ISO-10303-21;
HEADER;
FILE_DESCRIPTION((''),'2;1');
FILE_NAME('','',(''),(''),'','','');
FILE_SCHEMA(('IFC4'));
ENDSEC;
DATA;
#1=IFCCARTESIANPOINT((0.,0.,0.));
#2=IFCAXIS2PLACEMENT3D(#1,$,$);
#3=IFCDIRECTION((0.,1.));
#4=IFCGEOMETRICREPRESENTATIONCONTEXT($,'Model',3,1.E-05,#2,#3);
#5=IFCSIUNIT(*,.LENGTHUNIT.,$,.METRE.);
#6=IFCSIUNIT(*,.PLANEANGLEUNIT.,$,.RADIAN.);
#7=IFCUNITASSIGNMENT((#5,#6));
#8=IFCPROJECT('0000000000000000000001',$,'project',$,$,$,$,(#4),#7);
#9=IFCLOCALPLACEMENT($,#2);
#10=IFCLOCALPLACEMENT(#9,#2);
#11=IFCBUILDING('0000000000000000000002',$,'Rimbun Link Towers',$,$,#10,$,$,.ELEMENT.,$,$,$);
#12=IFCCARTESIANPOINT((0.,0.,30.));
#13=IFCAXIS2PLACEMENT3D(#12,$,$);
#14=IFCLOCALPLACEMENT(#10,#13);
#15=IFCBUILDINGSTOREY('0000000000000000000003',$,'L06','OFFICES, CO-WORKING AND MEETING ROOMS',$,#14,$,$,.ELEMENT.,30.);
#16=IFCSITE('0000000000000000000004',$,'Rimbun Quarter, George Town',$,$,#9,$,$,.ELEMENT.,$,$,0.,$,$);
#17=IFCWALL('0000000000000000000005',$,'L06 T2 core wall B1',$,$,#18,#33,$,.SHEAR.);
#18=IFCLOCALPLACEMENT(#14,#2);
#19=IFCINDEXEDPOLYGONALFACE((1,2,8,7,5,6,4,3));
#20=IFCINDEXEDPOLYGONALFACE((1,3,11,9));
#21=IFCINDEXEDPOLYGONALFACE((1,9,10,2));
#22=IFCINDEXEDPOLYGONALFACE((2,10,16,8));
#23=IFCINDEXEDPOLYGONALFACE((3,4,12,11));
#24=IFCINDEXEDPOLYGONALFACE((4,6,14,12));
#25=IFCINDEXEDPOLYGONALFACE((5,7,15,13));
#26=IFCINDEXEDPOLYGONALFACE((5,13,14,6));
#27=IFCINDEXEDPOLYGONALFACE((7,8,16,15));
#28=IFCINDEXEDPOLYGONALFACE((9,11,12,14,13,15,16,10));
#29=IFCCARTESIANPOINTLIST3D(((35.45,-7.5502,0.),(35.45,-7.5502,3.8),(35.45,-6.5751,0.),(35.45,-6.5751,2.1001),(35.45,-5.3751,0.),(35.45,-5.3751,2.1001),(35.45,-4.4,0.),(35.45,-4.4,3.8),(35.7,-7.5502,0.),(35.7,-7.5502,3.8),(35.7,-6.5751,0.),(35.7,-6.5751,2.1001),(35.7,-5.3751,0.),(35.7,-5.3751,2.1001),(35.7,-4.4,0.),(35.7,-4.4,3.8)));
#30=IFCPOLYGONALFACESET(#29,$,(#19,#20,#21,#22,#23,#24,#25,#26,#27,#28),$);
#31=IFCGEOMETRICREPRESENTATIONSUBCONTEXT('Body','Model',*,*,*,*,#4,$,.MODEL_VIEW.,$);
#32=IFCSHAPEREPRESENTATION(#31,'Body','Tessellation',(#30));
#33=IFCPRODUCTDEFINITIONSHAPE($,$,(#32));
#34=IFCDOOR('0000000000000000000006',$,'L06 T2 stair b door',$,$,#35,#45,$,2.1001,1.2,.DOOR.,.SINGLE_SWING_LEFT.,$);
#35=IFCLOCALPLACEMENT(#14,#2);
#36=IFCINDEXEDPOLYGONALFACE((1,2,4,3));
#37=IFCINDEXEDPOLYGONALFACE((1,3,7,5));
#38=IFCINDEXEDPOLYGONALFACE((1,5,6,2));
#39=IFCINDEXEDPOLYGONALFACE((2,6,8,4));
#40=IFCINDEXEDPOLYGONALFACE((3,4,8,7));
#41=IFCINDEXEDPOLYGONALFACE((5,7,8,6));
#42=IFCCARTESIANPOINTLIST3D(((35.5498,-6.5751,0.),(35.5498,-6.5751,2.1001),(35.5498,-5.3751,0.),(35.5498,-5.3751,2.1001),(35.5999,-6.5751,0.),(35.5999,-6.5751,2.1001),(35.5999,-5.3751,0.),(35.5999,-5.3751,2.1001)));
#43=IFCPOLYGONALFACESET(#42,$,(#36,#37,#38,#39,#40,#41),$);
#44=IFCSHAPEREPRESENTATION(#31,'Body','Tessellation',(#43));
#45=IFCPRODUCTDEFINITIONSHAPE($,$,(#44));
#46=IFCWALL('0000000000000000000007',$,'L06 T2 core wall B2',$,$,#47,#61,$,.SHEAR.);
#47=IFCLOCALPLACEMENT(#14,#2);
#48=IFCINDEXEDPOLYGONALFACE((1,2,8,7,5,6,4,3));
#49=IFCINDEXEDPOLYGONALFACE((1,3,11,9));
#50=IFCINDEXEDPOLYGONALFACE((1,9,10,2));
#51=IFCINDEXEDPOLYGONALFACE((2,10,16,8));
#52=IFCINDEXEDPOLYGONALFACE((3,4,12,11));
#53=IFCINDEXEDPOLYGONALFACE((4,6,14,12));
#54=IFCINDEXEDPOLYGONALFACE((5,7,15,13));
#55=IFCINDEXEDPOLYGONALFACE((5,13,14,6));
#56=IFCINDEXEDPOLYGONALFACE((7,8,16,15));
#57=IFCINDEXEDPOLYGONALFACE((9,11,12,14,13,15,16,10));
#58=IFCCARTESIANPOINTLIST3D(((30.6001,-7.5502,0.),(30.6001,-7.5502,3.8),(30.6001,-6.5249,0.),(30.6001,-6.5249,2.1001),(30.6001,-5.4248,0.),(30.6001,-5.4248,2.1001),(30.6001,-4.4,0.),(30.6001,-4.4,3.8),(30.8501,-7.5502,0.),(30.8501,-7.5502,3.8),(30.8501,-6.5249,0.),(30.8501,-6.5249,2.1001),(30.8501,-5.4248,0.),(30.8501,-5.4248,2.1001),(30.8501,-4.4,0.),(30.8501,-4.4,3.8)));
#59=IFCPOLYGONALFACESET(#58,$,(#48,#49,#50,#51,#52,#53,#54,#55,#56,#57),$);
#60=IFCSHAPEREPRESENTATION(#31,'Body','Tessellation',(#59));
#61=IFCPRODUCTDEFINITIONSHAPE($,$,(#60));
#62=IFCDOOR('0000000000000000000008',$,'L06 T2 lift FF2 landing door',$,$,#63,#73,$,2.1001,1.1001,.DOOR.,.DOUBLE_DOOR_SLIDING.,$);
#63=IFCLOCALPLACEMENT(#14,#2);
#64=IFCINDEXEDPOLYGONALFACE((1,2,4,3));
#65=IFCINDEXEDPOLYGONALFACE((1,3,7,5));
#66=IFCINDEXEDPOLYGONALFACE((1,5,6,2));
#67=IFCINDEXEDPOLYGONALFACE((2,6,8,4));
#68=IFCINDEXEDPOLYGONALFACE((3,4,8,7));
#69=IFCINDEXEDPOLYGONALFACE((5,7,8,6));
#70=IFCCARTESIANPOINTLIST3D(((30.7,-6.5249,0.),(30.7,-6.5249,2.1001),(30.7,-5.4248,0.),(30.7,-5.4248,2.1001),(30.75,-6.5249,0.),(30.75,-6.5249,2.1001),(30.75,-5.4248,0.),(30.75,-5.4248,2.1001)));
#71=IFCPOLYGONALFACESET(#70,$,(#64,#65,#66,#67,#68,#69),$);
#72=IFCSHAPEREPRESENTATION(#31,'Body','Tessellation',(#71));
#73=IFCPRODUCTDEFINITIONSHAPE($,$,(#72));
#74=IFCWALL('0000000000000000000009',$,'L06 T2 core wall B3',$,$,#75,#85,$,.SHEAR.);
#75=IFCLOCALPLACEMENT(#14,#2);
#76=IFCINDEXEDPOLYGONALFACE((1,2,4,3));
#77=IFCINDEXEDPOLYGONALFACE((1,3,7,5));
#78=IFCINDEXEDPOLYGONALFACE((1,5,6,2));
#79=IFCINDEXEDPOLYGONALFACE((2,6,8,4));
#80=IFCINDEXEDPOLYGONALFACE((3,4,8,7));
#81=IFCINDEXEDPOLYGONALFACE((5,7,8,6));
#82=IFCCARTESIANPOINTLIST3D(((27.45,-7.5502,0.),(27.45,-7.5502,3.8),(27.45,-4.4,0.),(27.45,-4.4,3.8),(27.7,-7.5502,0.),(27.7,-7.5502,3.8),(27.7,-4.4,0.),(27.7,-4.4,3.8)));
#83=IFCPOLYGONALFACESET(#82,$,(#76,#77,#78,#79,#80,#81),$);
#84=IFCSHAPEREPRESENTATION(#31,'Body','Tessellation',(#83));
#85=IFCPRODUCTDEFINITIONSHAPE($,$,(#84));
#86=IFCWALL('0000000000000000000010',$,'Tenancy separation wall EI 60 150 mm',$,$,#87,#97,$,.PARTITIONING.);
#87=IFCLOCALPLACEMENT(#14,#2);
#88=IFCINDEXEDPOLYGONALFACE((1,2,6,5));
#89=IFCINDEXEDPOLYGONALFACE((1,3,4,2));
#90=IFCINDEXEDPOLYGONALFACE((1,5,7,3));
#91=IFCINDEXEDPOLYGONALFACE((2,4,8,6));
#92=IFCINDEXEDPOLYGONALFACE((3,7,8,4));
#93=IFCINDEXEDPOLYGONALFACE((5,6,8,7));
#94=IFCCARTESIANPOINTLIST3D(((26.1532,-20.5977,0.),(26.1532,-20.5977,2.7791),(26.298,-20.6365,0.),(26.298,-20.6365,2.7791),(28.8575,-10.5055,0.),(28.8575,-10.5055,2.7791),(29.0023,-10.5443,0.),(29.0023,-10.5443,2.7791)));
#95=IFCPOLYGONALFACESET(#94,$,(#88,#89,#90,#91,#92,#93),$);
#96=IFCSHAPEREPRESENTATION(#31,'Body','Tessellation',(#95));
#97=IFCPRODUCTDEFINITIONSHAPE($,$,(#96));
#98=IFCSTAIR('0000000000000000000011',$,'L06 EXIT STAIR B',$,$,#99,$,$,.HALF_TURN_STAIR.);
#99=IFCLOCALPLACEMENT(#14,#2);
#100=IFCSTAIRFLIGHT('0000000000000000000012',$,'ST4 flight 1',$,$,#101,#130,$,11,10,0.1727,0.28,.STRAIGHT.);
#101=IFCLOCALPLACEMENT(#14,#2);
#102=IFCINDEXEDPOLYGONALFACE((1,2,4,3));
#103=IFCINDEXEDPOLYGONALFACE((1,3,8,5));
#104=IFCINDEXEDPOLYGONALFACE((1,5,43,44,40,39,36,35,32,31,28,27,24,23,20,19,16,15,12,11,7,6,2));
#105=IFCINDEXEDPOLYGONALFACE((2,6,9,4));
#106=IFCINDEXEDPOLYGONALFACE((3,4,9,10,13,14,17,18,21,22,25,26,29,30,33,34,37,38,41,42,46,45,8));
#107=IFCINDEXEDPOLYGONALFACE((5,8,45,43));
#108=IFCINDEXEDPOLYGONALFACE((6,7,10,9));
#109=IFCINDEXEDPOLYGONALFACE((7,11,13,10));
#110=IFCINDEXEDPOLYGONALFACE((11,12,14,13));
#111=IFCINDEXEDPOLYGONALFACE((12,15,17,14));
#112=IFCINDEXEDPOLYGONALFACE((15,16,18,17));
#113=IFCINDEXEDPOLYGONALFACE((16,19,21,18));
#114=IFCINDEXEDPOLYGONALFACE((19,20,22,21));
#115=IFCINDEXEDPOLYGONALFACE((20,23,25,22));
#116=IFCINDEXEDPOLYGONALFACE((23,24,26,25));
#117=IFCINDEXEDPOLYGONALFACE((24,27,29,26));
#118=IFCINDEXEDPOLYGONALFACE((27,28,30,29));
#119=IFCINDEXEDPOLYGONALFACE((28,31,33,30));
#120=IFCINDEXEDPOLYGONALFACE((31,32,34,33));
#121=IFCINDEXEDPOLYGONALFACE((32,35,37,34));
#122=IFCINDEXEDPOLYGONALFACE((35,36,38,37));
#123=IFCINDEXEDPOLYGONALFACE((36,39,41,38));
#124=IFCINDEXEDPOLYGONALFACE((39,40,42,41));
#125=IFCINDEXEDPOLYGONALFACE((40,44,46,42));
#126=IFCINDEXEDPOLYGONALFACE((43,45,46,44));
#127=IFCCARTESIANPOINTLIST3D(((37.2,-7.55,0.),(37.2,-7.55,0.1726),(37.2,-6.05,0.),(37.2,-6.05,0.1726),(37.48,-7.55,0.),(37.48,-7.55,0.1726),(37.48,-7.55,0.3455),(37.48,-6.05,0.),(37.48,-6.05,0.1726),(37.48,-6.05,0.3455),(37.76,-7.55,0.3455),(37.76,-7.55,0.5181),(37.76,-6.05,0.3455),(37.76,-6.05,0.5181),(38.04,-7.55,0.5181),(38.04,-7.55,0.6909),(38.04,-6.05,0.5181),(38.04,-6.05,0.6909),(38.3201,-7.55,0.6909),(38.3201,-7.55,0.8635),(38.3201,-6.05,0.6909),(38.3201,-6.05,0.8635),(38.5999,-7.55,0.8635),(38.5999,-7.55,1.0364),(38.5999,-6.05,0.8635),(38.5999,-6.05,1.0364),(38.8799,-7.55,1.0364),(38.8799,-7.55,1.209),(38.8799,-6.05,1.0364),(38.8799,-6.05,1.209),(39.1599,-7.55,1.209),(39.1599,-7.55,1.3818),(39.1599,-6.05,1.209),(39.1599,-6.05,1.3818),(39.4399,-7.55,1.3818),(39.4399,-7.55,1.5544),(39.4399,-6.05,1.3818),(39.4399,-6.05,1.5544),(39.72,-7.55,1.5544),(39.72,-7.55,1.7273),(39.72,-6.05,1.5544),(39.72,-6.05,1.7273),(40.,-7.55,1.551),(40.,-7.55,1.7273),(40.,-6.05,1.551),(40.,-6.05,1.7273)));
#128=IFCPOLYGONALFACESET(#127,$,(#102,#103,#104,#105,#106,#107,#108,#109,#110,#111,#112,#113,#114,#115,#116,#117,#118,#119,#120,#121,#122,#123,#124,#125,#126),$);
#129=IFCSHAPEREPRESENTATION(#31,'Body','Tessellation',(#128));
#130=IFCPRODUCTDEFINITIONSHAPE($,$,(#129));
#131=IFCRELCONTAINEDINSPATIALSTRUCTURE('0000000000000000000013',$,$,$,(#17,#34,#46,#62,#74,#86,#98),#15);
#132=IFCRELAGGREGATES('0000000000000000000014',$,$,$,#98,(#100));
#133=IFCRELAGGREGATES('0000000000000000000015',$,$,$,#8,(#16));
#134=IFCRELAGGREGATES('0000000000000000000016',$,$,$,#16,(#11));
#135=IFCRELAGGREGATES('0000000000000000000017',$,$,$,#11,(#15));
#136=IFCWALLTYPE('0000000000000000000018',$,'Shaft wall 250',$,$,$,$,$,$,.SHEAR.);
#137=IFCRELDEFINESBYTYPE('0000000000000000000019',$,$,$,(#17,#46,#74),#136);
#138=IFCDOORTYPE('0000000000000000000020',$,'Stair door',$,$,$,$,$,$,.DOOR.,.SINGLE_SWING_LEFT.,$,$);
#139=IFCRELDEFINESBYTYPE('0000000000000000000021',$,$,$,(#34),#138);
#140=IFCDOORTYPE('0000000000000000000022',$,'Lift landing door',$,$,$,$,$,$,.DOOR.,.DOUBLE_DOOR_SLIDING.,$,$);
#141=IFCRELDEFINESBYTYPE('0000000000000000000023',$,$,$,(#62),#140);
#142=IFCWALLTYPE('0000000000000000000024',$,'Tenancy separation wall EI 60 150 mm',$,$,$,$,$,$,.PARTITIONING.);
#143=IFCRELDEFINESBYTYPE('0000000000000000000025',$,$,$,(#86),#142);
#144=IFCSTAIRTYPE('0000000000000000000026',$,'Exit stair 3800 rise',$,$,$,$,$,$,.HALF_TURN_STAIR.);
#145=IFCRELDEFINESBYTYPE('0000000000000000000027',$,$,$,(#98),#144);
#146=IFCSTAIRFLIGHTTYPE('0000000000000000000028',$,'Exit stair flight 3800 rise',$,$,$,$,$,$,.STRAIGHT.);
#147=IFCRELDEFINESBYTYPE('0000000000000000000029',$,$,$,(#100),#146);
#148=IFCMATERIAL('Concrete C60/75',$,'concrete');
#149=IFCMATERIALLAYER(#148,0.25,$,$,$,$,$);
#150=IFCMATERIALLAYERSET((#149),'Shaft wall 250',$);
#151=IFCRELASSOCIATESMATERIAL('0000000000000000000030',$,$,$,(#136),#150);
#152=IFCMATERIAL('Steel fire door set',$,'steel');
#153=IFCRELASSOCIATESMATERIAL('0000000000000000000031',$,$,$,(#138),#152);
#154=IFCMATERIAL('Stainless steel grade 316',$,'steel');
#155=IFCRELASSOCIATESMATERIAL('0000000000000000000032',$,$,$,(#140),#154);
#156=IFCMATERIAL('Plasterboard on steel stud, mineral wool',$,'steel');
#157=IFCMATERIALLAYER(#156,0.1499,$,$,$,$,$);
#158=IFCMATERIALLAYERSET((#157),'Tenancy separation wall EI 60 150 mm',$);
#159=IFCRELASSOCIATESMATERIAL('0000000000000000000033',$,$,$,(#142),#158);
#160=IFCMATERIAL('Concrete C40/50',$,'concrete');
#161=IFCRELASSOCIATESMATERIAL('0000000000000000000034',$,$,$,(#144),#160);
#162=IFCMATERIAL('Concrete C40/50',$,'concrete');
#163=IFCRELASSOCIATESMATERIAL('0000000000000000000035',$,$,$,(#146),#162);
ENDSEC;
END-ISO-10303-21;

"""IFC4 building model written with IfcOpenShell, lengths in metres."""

from ifc_helpers import new_model, si_unit, direction, frame, frame_2d, origin, place, context, subcontext, project, spatial, polyline, rectangle, outline, extrude, material, layer, layer_set, type_object, element, fill, aggregate, save


model = new_model("IFC4")

# Units and contexts
model_context = context("Model", 3, precision=1e-05, world=origin(), true_north=direction((0.0, 1.0)))
body_context = subcontext(model_context, "Body", "Model", "MODEL_VIEW")
ifc_project = project(units=[si_unit("LENGTHUNIT", "METRE"), si_unit("PLANEANGLEUNIT", "RADIAN")], contexts=[model_context])

# Site, building, storey
site_placement = place(None, origin())
site = spatial("IfcSite", under=ifc_project, at=site_placement, Name="Rimbun Quarter, George Town", CompositionType="ELEMENT", RefElevation=0.0)
building_placement = place(site_placement, origin())
building = spatial("IfcBuilding", under=site, at=building_placement, Name="Rimbun Link Towers", CompositionType="ELEMENT")
storey_placement = place(building_placement, frame((0.0, 0.0, 30.0)))
storey = spatial("IfcBuildingStorey", under=building, at=storey_placement, Name="L06", Description="OFFICES, CO-WORKING AND MEETING ROOMS", CompositionType="ELEMENT", Elevation=30.0)

# Shared definitions
ifc_material_1 = material(Name="Concrete C60/75", Category="concrete")
ifc_layer_1 = layer(ifc_material_1, 0.25)
ifc_layer_set_1 = layer_set([ifc_layer_1], Name="Shaft wall 250")
wall_type_1 = type_object("IfcWallType", Name="Shaft wall 250", PredefinedType="SHEAR", material=ifc_layer_set_1)

# Walls, openings, doors
wall_1_placement = place(storey_placement, frame((35.575, -4.3999, 0.0), z_axis=(0.0, 0.0, 1.0), x_axis=(0.0, -1.0, 0.0)))
wall_1 = element("IfcWall", 1, at=wall_1_placement, inside=storey, type_object=wall_type_1, Name="L06 T2 core wall B1", PredefinedType="SHEAR", context=body_context, shape_type="SweptSolid", body=[
    extrude(rectangle(XDim=3.1501, YDim=0.25, at=frame_2d((1.5752, 0.0))), origin(), (0.0, 0.0, 1.0), 3.8),
])
opening_1_placement = place(wall_1_placement, frame((0.9751, 0.0, 0.0)))
opening_1 = element("IfcOpeningElement", 2, at=opening_1_placement, cuts=wall_1, PredefinedType="OPENING", context=body_context, shape_type="SweptSolid", body=[
    extrude(rectangle(XDim=1.2, YDim=2.1001, at=frame_2d((0.6001, 1.05))), frame((0.0, 0.135, 0.0), z_axis=(0.0, -1.0, 0.0), x_axis=(1.0, 0.0, 0.0)), (0.0, 0.0, 1.0), 0.27),
])
ifc_material_2 = material(Name="Steel fire door set", Category="steel")
door_type_1 = type_object("IfcDoorType", Name="Stair door", OperationType="SINGLE_SWING_LEFT", PredefinedType="DOOR", material=ifc_material_2)
door_1_placement = place(opening_1_placement, origin())
door_1 = element("IfcDoor", 3, at=door_1_placement, inside=storey, type_object=door_type_1, Name="L06 T2 stair b door", OperationType="SINGLE_SWING_LEFT", OverallHeight=2.1001, OverallWidth=1.2, PredefinedType="DOOR", context=body_context, shape_type="SweptSolid", body=[
    extrude(rectangle(XDim=1.2, YDim=2.1001, at=frame_2d((0.6001, 1.05))), frame((0.0, 0.0249, 0.0), z_axis=(0.0, -1.0, 0.0), x_axis=(1.0, 0.0, 0.0)), (0.0, 0.0, 1.0), 0.05),
])
fill(opening_1, door_1)
wall_2_placement = place(storey_placement, frame((30.7251, -4.3999, 0.0), z_axis=(0.0, 0.0, 1.0), x_axis=(0.0, -1.0, 0.0)))
wall_2 = element("IfcWall", 4, at=wall_2_placement, inside=storey, type_object=wall_type_1, Name="L06 T2 core wall B2", PredefinedType="SHEAR", context=body_context, shape_type="SweptSolid", body=[
    extrude(rectangle(XDim=3.1501, YDim=0.25, at=frame_2d((1.5752, 0.0))), origin(), (0.0, 0.0, 1.0), 3.8),
])
opening_2_placement = place(wall_2_placement, frame((1.0249, 0.0, 0.0)))
opening_2 = element("IfcOpeningElement", 5, at=opening_2_placement, cuts=wall_2, PredefinedType="OPENING", context=body_context, shape_type="SweptSolid", body=[
    extrude(rectangle(XDim=1.1001, YDim=2.1001, at=frame_2d((0.55, 1.05))), frame((0.0, 0.135, 0.0), z_axis=(0.0, -1.0, 0.0), x_axis=(1.0, 0.0, 0.0)), (0.0, 0.0, 1.0), 0.27),
])
ifc_material_3 = material(Name="Stainless steel grade 316", Category="steel")
door_type_2 = type_object("IfcDoorType", Name="Lift landing door", OperationType="DOUBLE_DOOR_SLIDING", PredefinedType="DOOR", material=ifc_material_3)
door_2_placement = place(opening_2_placement, origin())
door_2 = element("IfcDoor", 6, at=door_2_placement, inside=storey, type_object=door_type_2, Name="L06 T2 lift FF2 landing door", OperationType="DOUBLE_DOOR_SLIDING", OverallHeight=2.1001, OverallWidth=1.1001, PredefinedType="DOOR", context=body_context, shape_type="SweptSolid", body=[
    extrude(rectangle(XDim=1.1001, YDim=2.1001, at=frame_2d((0.55, 1.05))), frame((0.0, 0.0249, 0.0), z_axis=(0.0, -1.0, 0.0), x_axis=(1.0, 0.0, 0.0)), (0.0, 0.0, 1.0), 0.05),
])
fill(opening_2, door_2)

# Walls
wall_3_placement = place(storey_placement, frame((27.575, -4.3999, 0.0), z_axis=(0.0, 0.0, 1.0), x_axis=(0.0, -1.0, 0.0)))
element("IfcWall", 7, at=wall_3_placement, inside=storey, type_object=wall_type_1, Name="L06 T2 core wall B3", PredefinedType="SHEAR", context=body_context, shape_type="SweptSolid", body=[
    extrude(rectangle(XDim=3.1501, YDim=0.25, at=frame_2d((1.5752, 0.0))), origin(), (0.0, 0.0, 1.0), 3.8),
])
ifc_material_4 = material(Name="Plasterboard on steel stud, mineral wool", Category="steel")
ifc_layer_2 = layer(ifc_material_4, 0.1499)
ifc_layer_set_2 = layer_set([ifc_layer_2], Name="Tenancy separation wall EI 60 150 mm")
wall_type_2 = type_object("IfcWallType", Name="Tenancy separation wall EI 60 150 mm", PredefinedType="PARTITIONING", material=ifc_layer_set_2)
wall_4_placement = place(storey_placement, frame((28.9299, -10.5249, 0.0), z_axis=(0.0, 0.0, 1.0), x_axis=(-0.25883, -0.965923, 0.0)))
element("IfcWall", 8, at=wall_4_placement, inside=storey, type_object=wall_type_2, Name="Tenancy separation wall EI 60 150 mm", PredefinedType="PARTITIONING", context=body_context, shape_type="SweptSolid", body=[
    extrude(rectangle(XDim=10.4482, YDim=0.1499, at=frame_2d((5.2241, 0.0))), origin(), (0.0, 0.0, 1.0), 2.7791),
])

# Stair, stair flight
ifc_material_5 = material(Name="Concrete C40/50", Category="concrete")
stair_type = type_object("IfcStairType", Name="Exit stair 3800 rise", PredefinedType="HALF_TURN_STAIR", material=ifc_material_5)
stair_placement = place(storey_placement, origin())
stair = element("IfcStair", 9, at=stair_placement, inside=storey, type_object=stair_type, Name="L06 EXIT STAIR B", PredefinedType="HALF_TURN_STAIR")
ifc_material_6 = material(Name="Concrete C40/50", Category="concrete")
stair_flight_type = type_object("IfcStairFlightType", Name="Exit stair flight 3800 rise", PredefinedType="STRAIGHT", material=ifc_material_6)
stair_flight_placement = place(storey_placement, frame((37.2, -6.8, 0.0), z_axis=(0.0, 0.0, 1.0), x_axis=(1.0, 0.0, 0.0)))
stair_flight = element("IfcStairFlight", 10, at=stair_flight_placement, type_object=stair_flight_type, Name="ST4 flight 1", NumberOfRisers=11, NumberOfTreads=10, PredefinedType="STRAIGHT", RiserHeight=0.1727, TreadLength=0.28, context=body_context, shape_type="SweptSolid", body=[
    extrude(outline(polyline([(0.0, 0.0), (0.0, 0.1726), (0.28, 0.1726), (0.28, 0.3455), (0.5601, 0.3455), (0.5601, 0.5181), (0.8401, 0.5181), (0.8401, 0.6909), (1.1201, 0.6909), (1.1201, 0.8635), (1.3999, 0.8635), (1.3999, 1.0364), (1.6799, 1.0364), (1.6799, 1.209), (1.96, 1.209), (1.96, 1.3818), (2.24, 1.3818), (2.24, 1.5544), (2.52, 1.5544), (2.52, 1.7273), (2.8, 1.7273), (2.8, 1.8999), (2.8, 1.551), (0.28, 0.0), (0.0, 0.0)])), frame((0.0, 0.75, 0.0), z_axis=(0.0, -1.0, 0.0), x_axis=(1.0, 0.0, 0.0)), (0.0, 0.0, 1.0), 1.5),
])
aggregate(stair, [stair_flight])

save(model, "model.ifc")
